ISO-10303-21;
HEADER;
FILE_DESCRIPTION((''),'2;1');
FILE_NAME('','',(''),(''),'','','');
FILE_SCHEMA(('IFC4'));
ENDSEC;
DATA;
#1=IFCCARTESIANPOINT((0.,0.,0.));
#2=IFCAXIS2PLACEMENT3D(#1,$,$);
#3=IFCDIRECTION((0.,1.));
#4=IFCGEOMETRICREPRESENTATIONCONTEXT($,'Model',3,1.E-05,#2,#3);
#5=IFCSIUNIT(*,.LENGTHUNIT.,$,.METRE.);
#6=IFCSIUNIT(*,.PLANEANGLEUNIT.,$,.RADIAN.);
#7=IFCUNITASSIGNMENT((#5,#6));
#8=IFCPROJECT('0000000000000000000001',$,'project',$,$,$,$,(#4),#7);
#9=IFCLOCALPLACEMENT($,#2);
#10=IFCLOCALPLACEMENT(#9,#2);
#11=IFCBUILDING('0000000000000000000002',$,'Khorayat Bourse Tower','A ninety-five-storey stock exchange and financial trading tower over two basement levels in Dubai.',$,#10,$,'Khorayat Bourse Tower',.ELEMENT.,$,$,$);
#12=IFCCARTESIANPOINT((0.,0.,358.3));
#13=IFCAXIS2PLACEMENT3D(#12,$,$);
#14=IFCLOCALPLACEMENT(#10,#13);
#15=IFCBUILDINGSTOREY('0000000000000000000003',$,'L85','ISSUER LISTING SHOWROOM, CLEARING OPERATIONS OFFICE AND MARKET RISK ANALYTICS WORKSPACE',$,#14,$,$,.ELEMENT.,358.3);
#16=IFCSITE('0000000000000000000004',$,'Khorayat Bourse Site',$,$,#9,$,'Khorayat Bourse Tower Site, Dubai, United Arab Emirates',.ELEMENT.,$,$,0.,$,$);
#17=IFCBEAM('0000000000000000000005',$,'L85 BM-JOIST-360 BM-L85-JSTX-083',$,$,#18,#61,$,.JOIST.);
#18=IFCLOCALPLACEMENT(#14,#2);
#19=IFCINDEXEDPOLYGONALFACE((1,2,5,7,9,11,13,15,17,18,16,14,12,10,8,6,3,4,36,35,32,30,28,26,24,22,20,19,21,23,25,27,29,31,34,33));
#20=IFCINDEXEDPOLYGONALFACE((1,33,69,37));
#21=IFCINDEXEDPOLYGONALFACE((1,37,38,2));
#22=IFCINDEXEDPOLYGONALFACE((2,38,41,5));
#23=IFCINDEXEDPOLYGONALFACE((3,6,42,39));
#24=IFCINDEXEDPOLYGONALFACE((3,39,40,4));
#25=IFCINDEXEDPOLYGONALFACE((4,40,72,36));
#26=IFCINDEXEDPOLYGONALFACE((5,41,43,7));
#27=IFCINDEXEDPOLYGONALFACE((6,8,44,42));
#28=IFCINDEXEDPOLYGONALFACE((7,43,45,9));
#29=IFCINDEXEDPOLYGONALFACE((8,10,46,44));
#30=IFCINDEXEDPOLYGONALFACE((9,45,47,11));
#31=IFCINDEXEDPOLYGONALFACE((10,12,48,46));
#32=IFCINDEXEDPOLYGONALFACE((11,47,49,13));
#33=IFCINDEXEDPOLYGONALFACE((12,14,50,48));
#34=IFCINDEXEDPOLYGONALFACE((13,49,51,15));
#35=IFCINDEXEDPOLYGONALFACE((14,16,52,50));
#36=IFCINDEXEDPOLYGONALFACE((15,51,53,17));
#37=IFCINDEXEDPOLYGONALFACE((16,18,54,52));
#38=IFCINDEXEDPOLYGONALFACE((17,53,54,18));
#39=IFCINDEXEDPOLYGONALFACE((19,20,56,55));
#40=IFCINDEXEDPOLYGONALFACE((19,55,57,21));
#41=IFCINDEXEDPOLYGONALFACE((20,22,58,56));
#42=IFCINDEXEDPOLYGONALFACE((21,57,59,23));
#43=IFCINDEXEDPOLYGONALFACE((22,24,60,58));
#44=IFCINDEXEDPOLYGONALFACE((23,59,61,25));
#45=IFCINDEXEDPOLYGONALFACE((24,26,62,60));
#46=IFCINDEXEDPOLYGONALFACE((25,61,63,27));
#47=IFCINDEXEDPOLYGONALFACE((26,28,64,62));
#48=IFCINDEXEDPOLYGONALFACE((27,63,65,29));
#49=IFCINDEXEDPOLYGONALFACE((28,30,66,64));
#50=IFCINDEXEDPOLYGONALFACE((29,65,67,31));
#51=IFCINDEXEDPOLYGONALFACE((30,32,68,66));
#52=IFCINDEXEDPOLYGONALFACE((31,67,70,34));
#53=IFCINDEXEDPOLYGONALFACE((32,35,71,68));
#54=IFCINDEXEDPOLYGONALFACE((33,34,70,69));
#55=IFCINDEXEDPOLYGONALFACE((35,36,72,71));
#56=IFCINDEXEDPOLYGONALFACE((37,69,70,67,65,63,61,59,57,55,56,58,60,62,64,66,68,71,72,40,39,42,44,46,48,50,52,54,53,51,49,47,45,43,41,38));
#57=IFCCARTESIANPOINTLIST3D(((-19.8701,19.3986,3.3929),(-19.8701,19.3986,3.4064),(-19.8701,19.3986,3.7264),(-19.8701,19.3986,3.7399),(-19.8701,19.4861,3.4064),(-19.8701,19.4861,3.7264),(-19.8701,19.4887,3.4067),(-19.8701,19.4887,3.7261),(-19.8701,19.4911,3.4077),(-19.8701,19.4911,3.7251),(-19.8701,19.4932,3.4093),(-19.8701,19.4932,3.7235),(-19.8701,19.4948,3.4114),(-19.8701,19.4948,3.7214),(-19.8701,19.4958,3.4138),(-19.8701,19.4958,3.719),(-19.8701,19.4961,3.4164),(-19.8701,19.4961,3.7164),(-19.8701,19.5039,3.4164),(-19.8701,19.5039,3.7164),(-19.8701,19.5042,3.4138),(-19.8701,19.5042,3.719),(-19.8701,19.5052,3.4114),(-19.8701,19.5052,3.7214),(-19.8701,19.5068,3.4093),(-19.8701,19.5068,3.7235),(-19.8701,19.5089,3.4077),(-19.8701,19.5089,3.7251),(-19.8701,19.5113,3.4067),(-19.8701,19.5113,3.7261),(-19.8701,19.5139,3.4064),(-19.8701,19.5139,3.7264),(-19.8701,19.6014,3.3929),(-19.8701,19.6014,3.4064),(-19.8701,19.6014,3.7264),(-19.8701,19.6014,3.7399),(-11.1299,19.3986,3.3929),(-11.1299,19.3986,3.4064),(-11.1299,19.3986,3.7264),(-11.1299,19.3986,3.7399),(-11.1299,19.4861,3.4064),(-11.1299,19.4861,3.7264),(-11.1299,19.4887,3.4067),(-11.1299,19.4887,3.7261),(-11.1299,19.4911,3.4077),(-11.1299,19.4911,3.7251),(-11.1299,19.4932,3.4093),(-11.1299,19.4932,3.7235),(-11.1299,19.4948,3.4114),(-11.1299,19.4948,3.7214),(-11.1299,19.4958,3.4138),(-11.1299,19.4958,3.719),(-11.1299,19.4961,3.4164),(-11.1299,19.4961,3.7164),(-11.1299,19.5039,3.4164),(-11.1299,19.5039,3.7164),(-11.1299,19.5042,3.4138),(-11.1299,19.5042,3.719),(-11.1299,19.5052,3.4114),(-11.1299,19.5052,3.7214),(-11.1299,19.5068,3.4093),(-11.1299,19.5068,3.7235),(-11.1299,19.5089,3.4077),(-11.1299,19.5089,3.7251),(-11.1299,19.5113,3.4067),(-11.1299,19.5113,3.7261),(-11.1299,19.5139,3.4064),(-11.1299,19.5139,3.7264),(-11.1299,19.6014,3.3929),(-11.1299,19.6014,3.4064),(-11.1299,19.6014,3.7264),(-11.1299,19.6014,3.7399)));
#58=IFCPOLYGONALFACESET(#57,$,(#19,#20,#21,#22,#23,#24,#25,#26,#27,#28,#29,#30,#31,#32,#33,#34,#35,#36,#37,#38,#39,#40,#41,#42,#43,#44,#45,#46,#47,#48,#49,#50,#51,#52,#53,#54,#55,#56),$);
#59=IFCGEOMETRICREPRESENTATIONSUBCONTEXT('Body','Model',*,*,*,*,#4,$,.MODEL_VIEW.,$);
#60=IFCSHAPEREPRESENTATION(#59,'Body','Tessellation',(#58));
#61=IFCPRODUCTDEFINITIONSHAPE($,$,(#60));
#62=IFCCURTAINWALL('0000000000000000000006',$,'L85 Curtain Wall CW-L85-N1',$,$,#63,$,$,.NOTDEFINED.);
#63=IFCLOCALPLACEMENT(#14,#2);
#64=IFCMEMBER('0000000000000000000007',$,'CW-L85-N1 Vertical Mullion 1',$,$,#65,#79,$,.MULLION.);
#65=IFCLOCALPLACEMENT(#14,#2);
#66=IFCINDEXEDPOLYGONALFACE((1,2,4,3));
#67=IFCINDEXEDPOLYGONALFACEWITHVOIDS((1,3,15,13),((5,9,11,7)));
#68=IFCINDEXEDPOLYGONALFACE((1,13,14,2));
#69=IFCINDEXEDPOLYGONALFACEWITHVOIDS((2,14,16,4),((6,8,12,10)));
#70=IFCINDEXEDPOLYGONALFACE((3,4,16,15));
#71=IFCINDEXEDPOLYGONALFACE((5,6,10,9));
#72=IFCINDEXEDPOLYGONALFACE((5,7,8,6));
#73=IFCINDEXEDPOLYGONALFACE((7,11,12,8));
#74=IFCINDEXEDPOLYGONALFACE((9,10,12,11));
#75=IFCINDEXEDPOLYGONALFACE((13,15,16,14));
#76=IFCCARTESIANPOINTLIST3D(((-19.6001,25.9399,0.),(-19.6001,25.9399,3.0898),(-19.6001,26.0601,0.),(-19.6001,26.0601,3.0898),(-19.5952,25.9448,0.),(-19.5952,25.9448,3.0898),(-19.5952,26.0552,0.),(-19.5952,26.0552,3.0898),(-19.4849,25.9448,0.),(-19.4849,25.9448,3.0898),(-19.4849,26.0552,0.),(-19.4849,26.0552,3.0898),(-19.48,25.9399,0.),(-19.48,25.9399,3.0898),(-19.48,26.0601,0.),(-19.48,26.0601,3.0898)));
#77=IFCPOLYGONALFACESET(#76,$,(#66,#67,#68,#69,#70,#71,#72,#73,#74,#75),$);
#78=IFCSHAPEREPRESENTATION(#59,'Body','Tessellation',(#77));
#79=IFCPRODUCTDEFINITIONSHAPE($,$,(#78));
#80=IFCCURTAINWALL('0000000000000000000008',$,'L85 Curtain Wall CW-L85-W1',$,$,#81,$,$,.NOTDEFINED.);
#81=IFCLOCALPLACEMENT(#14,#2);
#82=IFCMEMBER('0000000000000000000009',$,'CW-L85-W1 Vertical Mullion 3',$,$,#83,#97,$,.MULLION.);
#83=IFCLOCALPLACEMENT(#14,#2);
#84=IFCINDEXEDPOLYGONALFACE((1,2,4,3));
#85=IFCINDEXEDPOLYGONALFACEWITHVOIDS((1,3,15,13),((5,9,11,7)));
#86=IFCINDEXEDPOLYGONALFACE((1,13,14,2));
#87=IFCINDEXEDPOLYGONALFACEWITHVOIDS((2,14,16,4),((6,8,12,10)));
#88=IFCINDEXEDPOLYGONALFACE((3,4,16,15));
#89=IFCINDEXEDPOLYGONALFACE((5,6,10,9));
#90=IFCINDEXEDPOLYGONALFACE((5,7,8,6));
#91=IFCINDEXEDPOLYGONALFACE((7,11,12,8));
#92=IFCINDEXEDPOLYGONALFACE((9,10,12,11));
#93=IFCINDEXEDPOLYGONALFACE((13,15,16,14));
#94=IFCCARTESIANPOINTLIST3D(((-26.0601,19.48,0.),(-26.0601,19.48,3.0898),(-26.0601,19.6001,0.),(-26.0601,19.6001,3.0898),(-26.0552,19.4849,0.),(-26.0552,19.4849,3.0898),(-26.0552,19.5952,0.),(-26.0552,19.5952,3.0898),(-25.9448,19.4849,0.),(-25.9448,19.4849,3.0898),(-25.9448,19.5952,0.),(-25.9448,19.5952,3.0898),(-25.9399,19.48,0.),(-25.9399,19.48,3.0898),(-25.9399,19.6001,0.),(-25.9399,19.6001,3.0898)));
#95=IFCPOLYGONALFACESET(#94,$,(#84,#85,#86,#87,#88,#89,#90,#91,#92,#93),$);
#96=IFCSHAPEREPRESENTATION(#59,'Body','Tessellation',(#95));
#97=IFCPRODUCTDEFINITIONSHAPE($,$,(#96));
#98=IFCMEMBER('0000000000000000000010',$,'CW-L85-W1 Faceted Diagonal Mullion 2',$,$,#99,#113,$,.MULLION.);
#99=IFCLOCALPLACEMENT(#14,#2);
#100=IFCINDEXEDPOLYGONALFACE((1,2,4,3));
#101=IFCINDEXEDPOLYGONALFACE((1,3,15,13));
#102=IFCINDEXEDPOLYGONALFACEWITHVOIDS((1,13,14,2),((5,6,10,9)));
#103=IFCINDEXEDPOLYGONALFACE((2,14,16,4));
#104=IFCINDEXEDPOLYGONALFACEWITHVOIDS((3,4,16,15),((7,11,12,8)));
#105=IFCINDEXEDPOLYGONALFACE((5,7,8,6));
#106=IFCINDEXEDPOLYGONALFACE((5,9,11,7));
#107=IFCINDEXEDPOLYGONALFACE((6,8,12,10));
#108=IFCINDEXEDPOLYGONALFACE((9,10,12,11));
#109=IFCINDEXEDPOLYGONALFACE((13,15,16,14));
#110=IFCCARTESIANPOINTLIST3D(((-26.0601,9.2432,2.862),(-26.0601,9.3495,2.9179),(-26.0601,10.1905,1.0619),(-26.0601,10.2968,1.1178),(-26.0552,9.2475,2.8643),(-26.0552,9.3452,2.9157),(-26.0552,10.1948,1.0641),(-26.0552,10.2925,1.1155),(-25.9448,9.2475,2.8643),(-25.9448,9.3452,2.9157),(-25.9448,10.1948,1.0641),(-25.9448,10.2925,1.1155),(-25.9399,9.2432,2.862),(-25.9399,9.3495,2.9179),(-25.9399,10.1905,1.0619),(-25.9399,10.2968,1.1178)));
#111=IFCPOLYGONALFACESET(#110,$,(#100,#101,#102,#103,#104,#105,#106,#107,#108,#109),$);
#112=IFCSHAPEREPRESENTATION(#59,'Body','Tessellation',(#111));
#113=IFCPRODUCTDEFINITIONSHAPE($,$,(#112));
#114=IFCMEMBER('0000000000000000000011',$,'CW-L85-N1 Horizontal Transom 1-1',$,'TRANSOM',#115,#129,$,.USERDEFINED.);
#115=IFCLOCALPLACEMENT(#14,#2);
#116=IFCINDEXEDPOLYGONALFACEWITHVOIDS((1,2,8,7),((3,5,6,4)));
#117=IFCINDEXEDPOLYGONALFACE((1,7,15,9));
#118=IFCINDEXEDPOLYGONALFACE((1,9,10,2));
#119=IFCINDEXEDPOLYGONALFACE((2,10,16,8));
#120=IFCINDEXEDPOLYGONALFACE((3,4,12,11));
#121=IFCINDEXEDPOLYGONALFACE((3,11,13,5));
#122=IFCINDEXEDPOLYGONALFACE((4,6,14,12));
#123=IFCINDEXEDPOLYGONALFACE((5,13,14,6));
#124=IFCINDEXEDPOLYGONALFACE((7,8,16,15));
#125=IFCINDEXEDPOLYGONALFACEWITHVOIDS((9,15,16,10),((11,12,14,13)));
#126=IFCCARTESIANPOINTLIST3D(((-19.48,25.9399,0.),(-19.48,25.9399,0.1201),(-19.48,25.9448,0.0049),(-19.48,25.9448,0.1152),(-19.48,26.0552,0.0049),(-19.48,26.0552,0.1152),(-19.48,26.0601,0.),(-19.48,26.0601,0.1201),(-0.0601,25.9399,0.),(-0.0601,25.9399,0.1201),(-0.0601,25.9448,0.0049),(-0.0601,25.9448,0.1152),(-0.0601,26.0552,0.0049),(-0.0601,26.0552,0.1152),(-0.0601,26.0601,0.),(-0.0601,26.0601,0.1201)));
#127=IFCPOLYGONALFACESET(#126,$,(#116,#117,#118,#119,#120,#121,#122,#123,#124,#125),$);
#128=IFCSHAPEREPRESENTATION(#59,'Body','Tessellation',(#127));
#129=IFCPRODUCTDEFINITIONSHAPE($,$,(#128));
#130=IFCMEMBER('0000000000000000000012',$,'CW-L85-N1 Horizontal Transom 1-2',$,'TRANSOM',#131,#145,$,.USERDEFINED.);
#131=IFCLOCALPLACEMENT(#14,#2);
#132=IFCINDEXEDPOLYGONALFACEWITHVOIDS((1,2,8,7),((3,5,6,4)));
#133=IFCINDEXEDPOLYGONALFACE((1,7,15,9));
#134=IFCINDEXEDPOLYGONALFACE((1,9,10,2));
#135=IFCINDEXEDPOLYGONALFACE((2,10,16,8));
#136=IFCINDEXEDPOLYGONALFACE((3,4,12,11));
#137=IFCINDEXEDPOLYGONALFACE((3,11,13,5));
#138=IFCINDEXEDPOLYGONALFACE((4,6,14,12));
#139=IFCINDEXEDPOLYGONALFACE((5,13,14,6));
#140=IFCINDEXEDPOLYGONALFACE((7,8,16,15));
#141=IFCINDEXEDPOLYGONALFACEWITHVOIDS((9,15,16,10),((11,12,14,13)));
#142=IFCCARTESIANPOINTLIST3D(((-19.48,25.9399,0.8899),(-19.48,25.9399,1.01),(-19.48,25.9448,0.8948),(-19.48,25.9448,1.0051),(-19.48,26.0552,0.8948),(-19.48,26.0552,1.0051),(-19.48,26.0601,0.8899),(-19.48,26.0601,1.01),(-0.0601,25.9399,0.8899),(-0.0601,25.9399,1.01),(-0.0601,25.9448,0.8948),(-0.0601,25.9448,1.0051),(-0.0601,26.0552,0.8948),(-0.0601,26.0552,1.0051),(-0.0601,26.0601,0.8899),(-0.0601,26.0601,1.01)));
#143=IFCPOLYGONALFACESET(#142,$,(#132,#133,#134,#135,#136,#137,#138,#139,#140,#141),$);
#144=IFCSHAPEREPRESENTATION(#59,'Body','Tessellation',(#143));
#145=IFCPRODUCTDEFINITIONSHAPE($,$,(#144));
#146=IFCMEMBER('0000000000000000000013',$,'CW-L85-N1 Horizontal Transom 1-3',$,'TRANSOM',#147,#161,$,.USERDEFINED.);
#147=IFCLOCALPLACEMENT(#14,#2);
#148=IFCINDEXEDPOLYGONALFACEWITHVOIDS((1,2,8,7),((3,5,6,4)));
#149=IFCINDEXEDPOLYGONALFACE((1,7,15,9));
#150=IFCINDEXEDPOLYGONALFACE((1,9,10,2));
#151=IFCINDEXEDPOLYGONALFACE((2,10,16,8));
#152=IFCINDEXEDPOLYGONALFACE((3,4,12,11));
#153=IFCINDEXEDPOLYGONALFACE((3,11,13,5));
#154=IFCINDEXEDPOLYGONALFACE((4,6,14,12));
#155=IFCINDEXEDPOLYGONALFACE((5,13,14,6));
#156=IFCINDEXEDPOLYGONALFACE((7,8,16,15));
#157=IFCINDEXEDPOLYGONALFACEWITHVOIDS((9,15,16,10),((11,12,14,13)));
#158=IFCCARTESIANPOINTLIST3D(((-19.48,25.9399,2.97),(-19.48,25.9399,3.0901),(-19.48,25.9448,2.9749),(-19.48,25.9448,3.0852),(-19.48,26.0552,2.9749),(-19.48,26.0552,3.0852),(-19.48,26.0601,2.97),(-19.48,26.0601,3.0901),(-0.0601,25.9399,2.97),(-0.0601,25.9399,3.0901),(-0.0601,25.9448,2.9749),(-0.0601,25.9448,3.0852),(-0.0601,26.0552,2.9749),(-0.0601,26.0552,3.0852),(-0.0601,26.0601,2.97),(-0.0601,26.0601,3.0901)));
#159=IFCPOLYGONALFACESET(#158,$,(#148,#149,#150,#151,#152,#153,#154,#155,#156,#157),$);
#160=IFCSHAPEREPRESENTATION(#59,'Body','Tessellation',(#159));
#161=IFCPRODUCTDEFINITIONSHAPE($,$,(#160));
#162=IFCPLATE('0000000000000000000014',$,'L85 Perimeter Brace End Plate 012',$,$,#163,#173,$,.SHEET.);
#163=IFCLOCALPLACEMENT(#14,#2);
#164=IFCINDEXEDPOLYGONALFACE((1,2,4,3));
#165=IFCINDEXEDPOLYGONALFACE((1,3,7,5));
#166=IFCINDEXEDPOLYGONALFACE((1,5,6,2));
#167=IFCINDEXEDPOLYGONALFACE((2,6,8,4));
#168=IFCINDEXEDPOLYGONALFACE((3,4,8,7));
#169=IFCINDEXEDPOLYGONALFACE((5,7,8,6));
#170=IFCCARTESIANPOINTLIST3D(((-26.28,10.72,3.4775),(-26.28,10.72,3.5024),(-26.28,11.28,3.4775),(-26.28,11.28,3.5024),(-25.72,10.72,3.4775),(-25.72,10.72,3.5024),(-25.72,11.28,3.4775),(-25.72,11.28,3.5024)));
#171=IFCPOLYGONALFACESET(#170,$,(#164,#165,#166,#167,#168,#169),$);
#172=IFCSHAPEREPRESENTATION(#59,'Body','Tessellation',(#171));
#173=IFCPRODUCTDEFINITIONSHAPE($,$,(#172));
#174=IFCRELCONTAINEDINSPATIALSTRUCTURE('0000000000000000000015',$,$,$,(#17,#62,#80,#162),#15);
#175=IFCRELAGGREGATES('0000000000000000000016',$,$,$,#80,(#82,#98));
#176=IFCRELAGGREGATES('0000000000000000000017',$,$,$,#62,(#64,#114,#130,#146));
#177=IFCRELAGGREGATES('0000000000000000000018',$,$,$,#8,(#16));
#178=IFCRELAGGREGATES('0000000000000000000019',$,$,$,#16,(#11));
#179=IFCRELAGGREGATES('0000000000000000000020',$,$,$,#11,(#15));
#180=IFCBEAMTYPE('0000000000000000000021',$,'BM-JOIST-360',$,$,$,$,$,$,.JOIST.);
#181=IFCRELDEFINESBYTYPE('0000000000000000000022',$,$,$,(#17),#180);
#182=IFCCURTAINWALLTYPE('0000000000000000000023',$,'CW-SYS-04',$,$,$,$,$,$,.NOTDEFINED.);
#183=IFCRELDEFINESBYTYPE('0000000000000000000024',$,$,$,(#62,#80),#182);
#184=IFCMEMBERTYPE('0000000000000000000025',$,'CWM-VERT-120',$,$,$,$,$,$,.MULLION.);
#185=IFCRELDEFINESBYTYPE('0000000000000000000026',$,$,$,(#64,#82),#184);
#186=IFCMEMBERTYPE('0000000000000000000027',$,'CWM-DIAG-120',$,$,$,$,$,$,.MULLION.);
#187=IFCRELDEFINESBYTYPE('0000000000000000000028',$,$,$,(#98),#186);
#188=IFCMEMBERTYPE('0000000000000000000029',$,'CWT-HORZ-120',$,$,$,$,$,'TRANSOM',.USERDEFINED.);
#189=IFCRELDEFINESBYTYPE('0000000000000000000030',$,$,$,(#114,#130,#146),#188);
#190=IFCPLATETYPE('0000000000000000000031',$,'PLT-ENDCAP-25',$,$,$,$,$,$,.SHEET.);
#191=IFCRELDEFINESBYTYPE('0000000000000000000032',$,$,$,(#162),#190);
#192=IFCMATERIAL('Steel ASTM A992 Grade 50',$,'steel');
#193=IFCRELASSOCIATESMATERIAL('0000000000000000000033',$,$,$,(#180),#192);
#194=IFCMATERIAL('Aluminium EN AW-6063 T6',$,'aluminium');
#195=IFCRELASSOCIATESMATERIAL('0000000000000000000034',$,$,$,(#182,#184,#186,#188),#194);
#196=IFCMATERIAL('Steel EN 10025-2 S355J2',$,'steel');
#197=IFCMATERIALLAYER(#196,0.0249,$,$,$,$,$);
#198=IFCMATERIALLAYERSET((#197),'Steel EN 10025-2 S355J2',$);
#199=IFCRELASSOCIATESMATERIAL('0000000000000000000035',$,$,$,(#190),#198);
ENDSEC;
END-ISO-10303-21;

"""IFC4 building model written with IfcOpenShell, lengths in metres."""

from ifc_helpers import new_model, si_unit, direction, frame, origin, origin_2d, place, context, subcontext, project, spatial, rectangle, hollow_rectangle, i_section, extrude, source, transform, mapped, material, layer, layer_set, material_profile, profile_set, type_object, element, aggregate, save


model = new_model("IFC4")

# Units and contexts
model_context = context("Model", 3, precision=1e-05, world=origin(), true_north=direction((0.0, 1.0)))
body_context = subcontext(model_context, "Body", "Model", "MODEL_VIEW")
ifc_project = project(units=[si_unit("LENGTHUNIT", "METRE"), si_unit("PLANEANGLEUNIT", "RADIAN")], contexts=[model_context])

# Site, building, storey
site_placement = place(None, origin())
site = spatial("IfcSite", under=ifc_project, at=site_placement, Name="Khorayat Bourse Site", LongName="Khorayat Bourse Tower Site, Dubai, United Arab Emirates", CompositionType="ELEMENT", RefElevation=0.0)
building_placement = place(site_placement, origin())
building = spatial("IfcBuilding", under=site, at=building_placement, Name="Khorayat Bourse Tower", Description="A ninety-five-storey stock exchange and financial trading tower over two basement levels in Dubai.", LongName="Khorayat Bourse Tower", CompositionType="ELEMENT")
storey_placement = place(building_placement, frame((0.0, 0.0, 358.3)))
storey = spatial("IfcBuildingStorey", under=building, at=storey_placement, Name="L85", Description="ISSUER LISTING SHOWROOM, CLEARING OPERATIONS OFFICE AND MARKET RISK ANALYTICS WORKSPACE", CompositionType="ELEMENT", Elevation=358.3)

# Shared definitions
ifc_material_1 = material(Name="Steel EN 10025-2 S355J2", Category="steel")

# Beam
ifc_material_2 = material(Name="Steel ASTM A992 Grade 50", Category="steel")
ifc_material_profile_1 = material_profile(ifc_material_2, i_section(OverallWidth=0.2029, OverallDepth=0.3469, WebThickness=0.0078, FlangeThickness=0.0134, FilletRadius=0.01, at=origin_2d()), Name="W360X64")
ifc_profile_set_1 = profile_set([ifc_material_profile_1], Name="Steel ASTM A992 Grade 50")
beam_type_1 = type_object("IfcBeamType", Name="BM-JOIST-360", PredefinedType="JOIST", material=ifc_profile_set_1)
shared_shape_1 = source(origin(), body_context, "Body", "SweptSolid", [
    extrude(i_section(OverallWidth=0.2029, OverallDepth=0.3469, WebThickness=0.0078, FlangeThickness=0.0134, FilletRadius=0.01, at=origin_2d()), origin(), (0.0, 0.0, 1.0), 8.7402),
])
beam_1_placement = place(storey_placement, frame((-19.8701, 19.5, 3.5664), z_axis=(1.0, 0.0, 0.0), x_axis=(0.0, 1.0, 0.0)))
element("IfcBeam", 1, at=beam_1_placement, inside=storey, type_object=beam_type_1, Name="L85 BM-JOIST-360 BM-L85-JSTX-083", PredefinedType="JOIST", context=body_context, shape_type="MappedRepresentation", body=[
    mapped(shared_shape_1, transform((0.0, 0.0, 0.0), scale=1.0)),
])

# Curtain wall, member
ifc_material_3 = material(Name="Aluminium EN AW-6063 T6", Category="aluminium")
curtain_wall_type = type_object("IfcCurtainWallType", Name="CW-SYS-04", PredefinedType="NOTDEFINED", material=ifc_material_3)
curtain_wall_1_placement = place(storey_placement, origin())
curtain_wall_1 = element("IfcCurtainWall", 2, at=curtain_wall_1_placement, inside=storey, type_object=curtain_wall_type, Name="L85 Curtain Wall CW-L85-N1", PredefinedType="NOTDEFINED")
ifc_material_profile_2 = material_profile(ifc_material_3, hollow_rectangle(XDim=0.1201, YDim=0.1201, WallThickness=0.0049, at=origin_2d()), Name="ALU 120x120x5")
ifc_profile_set_2 = profile_set([ifc_material_profile_2], Name="Aluminium EN AW-6063 T6")
member_type_1 = type_object("IfcMemberType", Name="CWM-VERT-120", PredefinedType="MULLION", material=ifc_profile_set_2)
shared_shape_2 = source(origin(), body_context, "Body", "SweptSolid", [
    extrude(hollow_rectangle(XDim=0.1201, YDim=0.1201, WallThickness=0.0049, at=origin_2d()), origin(), (0.0, 0.0, 1.0), 3.0898),
])
member_1_placement = place(storey_placement, frame((-19.54, 26.0, 0.0), z_axis=(0.0, 0.0, 1.0), x_axis=(0.0, 1.0, 0.0)))
member_1 = element("IfcMember", 3, at=member_1_placement, type_object=member_type_1, Name="CW-L85-N1 Vertical Mullion 1", PredefinedType="MULLION", context=body_context, shape_type="MappedRepresentation", body=[
    mapped(shared_shape_2, transform((0.0, 0.0, 0.0), scale=1.0)),
])

# Curtain wall, members
curtain_wall_2_placement = place(storey_placement, origin())
curtain_wall_2 = element("IfcCurtainWall", 4, at=curtain_wall_2_placement, inside=storey, type_object=curtain_wall_type, Name="L85 Curtain Wall CW-L85-W1", PredefinedType="NOTDEFINED")
member_2_placement = place(storey_placement, frame((-26.0, 19.54, 0.0), z_axis=(0.0, 0.0, 1.0), x_axis=(-1.0, 0.0, 0.0)))
member_2 = element("IfcMember", 5, at=member_2_placement, type_object=member_type_1, Name="CW-L85-W1 Vertical Mullion 3", PredefinedType="MULLION", context=body_context, shape_type="MappedRepresentation", body=[
    mapped(shared_shape_2, transform((0.0, 0.0, 0.0), scale=1.0)),
])
ifc_material_profile_3 = material_profile(ifc_material_3, hollow_rectangle(XDim=0.1201, YDim=0.1201, WallThickness=0.0049, at=origin_2d()), Name="ALU 120x120x5")
ifc_profile_set_3 = profile_set([ifc_material_profile_3], Name="Aluminium EN AW-6063 T6")
member_type_2 = type_object("IfcMemberType", Name="CWM-DIAG-120", PredefinedType="MULLION", material=ifc_profile_set_3)
shared_shape_3 = source(origin(), body_context, "Body", "SweptSolid", [
    extrude(hollow_rectangle(XDim=0.1201, YDim=0.1201, WallThickness=0.0049, at=origin_2d()), origin(), (0.0, 0.0, 1.0), 2.0342),
])
member_3_placement = place(storey_placement, frame((-26.0, 10.2437, 1.0898), z_axis=(0.0, -0.465697, 0.884944), x_axis=(1.0, 0.0, 0.0)))
member_3 = element("IfcMember", 6, at=member_3_placement, type_object=member_type_2, Name="CW-L85-W1 Faceted Diagonal Mullion 2", PredefinedType="MULLION", context=body_context, shape_type="MappedRepresentation", body=[
    mapped(shared_shape_3, transform((0.0, 0.0, 0.0), scale=1.0)),
])
aggregate(curtain_wall_2, [member_2, member_3])

# Members
ifc_material_profile_4 = material_profile(ifc_material_3, hollow_rectangle(XDim=0.1201, YDim=0.1201, WallThickness=0.0049, at=origin_2d()), Name="ALU 120x120x5")
ifc_profile_set_4 = profile_set([ifc_material_profile_4], Name="Aluminium EN AW-6063 T6")
member_type_3 = type_object("IfcMemberType", Name="CWT-HORZ-120", ElementType="TRANSOM", PredefinedType="USERDEFINED", material=ifc_profile_set_4)
shared_shape_4 = source(origin(), body_context, "Body", "SweptSolid", [
    extrude(hollow_rectangle(XDim=0.1201, YDim=0.1201, WallThickness=0.0049, at=origin_2d()), origin(), (0.0, 0.0, 1.0), 19.4199),
])
member_4_placement = place(storey_placement, frame((-19.48, 26.0, 0.0601), z_axis=(1.0, 0.0, 0.0), x_axis=(0.0, 1.0, 0.0)))
member_4 = element("IfcMember", 7, at=member_4_placement, type_object=member_type_3, Name="CW-L85-N1 Horizontal Transom 1-1", ObjectType="TRANSOM", PredefinedType="USERDEFINED", context=body_context, shape_type="MappedRepresentation", body=[
    mapped(shared_shape_4, transform((0.0, 0.0, 0.0), scale=1.0)),
])
member_5_placement = place(storey_placement, frame((-19.48, 26.0, 0.95), z_axis=(1.0, 0.0, 0.0), x_axis=(0.0, 1.0, 0.0)))
member_5 = element("IfcMember", 8, at=member_5_placement, type_object=member_type_3, Name="CW-L85-N1 Horizontal Transom 1-2", ObjectType="TRANSOM", PredefinedType="USERDEFINED", context=body_context, shape_type="MappedRepresentation", body=[
    mapped(shared_shape_4, transform((0.0, 0.0, 0.0), scale=1.0)),
])
member_6_placement = place(storey_placement, frame((-19.48, 26.0, 3.03), z_axis=(1.0, 0.0, 0.0), x_axis=(0.0, 1.0, 0.0)))
member_6 = element("IfcMember", 9, at=member_6_placement, type_object=member_type_3, Name="CW-L85-N1 Horizontal Transom 1-3", ObjectType="TRANSOM", PredefinedType="USERDEFINED", context=body_context, shape_type="MappedRepresentation", body=[
    mapped(shared_shape_4, transform((0.0, 0.0, 0.0), scale=1.0)),
])
aggregate(curtain_wall_1, [member_1, member_4, member_5, member_6])

# Plate
ifc_layer_1 = layer(ifc_material_1, 0.0249)
ifc_layer_set_1 = layer_set([ifc_layer_1], Name="Steel EN 10025-2 S355J2")
plate_type = type_object("IfcPlateType", Name="PLT-ENDCAP-25", PredefinedType="SHEET", material=ifc_layer_set_1)
shared_shape_5 = source(origin(), body_context, "Body", "SweptSolid", [
    extrude(rectangle(XDim=0.5601, YDim=0.5601, at=origin_2d()), origin(), (0.0, 0.0, 1.0), 0.0249),
])
plate_placement = place(storey_placement, frame((-26.0, 11.0, 3.4775), z_axis=(0.0, 0.0, 1.0), x_axis=(1.0, 0.0, 0.0)))
element("IfcPlate", 10, at=plate_placement, inside=storey, type_object=plate_type, Name="L85 Perimeter Brace End Plate 012", PredefinedType="SHEET", context=body_context, shape_type="MappedRepresentation", body=[
    mapped(shared_shape_5, transform((0.0, 0.0, 0.0), scale=1.0)),
])

save(model, "model.ifc")
